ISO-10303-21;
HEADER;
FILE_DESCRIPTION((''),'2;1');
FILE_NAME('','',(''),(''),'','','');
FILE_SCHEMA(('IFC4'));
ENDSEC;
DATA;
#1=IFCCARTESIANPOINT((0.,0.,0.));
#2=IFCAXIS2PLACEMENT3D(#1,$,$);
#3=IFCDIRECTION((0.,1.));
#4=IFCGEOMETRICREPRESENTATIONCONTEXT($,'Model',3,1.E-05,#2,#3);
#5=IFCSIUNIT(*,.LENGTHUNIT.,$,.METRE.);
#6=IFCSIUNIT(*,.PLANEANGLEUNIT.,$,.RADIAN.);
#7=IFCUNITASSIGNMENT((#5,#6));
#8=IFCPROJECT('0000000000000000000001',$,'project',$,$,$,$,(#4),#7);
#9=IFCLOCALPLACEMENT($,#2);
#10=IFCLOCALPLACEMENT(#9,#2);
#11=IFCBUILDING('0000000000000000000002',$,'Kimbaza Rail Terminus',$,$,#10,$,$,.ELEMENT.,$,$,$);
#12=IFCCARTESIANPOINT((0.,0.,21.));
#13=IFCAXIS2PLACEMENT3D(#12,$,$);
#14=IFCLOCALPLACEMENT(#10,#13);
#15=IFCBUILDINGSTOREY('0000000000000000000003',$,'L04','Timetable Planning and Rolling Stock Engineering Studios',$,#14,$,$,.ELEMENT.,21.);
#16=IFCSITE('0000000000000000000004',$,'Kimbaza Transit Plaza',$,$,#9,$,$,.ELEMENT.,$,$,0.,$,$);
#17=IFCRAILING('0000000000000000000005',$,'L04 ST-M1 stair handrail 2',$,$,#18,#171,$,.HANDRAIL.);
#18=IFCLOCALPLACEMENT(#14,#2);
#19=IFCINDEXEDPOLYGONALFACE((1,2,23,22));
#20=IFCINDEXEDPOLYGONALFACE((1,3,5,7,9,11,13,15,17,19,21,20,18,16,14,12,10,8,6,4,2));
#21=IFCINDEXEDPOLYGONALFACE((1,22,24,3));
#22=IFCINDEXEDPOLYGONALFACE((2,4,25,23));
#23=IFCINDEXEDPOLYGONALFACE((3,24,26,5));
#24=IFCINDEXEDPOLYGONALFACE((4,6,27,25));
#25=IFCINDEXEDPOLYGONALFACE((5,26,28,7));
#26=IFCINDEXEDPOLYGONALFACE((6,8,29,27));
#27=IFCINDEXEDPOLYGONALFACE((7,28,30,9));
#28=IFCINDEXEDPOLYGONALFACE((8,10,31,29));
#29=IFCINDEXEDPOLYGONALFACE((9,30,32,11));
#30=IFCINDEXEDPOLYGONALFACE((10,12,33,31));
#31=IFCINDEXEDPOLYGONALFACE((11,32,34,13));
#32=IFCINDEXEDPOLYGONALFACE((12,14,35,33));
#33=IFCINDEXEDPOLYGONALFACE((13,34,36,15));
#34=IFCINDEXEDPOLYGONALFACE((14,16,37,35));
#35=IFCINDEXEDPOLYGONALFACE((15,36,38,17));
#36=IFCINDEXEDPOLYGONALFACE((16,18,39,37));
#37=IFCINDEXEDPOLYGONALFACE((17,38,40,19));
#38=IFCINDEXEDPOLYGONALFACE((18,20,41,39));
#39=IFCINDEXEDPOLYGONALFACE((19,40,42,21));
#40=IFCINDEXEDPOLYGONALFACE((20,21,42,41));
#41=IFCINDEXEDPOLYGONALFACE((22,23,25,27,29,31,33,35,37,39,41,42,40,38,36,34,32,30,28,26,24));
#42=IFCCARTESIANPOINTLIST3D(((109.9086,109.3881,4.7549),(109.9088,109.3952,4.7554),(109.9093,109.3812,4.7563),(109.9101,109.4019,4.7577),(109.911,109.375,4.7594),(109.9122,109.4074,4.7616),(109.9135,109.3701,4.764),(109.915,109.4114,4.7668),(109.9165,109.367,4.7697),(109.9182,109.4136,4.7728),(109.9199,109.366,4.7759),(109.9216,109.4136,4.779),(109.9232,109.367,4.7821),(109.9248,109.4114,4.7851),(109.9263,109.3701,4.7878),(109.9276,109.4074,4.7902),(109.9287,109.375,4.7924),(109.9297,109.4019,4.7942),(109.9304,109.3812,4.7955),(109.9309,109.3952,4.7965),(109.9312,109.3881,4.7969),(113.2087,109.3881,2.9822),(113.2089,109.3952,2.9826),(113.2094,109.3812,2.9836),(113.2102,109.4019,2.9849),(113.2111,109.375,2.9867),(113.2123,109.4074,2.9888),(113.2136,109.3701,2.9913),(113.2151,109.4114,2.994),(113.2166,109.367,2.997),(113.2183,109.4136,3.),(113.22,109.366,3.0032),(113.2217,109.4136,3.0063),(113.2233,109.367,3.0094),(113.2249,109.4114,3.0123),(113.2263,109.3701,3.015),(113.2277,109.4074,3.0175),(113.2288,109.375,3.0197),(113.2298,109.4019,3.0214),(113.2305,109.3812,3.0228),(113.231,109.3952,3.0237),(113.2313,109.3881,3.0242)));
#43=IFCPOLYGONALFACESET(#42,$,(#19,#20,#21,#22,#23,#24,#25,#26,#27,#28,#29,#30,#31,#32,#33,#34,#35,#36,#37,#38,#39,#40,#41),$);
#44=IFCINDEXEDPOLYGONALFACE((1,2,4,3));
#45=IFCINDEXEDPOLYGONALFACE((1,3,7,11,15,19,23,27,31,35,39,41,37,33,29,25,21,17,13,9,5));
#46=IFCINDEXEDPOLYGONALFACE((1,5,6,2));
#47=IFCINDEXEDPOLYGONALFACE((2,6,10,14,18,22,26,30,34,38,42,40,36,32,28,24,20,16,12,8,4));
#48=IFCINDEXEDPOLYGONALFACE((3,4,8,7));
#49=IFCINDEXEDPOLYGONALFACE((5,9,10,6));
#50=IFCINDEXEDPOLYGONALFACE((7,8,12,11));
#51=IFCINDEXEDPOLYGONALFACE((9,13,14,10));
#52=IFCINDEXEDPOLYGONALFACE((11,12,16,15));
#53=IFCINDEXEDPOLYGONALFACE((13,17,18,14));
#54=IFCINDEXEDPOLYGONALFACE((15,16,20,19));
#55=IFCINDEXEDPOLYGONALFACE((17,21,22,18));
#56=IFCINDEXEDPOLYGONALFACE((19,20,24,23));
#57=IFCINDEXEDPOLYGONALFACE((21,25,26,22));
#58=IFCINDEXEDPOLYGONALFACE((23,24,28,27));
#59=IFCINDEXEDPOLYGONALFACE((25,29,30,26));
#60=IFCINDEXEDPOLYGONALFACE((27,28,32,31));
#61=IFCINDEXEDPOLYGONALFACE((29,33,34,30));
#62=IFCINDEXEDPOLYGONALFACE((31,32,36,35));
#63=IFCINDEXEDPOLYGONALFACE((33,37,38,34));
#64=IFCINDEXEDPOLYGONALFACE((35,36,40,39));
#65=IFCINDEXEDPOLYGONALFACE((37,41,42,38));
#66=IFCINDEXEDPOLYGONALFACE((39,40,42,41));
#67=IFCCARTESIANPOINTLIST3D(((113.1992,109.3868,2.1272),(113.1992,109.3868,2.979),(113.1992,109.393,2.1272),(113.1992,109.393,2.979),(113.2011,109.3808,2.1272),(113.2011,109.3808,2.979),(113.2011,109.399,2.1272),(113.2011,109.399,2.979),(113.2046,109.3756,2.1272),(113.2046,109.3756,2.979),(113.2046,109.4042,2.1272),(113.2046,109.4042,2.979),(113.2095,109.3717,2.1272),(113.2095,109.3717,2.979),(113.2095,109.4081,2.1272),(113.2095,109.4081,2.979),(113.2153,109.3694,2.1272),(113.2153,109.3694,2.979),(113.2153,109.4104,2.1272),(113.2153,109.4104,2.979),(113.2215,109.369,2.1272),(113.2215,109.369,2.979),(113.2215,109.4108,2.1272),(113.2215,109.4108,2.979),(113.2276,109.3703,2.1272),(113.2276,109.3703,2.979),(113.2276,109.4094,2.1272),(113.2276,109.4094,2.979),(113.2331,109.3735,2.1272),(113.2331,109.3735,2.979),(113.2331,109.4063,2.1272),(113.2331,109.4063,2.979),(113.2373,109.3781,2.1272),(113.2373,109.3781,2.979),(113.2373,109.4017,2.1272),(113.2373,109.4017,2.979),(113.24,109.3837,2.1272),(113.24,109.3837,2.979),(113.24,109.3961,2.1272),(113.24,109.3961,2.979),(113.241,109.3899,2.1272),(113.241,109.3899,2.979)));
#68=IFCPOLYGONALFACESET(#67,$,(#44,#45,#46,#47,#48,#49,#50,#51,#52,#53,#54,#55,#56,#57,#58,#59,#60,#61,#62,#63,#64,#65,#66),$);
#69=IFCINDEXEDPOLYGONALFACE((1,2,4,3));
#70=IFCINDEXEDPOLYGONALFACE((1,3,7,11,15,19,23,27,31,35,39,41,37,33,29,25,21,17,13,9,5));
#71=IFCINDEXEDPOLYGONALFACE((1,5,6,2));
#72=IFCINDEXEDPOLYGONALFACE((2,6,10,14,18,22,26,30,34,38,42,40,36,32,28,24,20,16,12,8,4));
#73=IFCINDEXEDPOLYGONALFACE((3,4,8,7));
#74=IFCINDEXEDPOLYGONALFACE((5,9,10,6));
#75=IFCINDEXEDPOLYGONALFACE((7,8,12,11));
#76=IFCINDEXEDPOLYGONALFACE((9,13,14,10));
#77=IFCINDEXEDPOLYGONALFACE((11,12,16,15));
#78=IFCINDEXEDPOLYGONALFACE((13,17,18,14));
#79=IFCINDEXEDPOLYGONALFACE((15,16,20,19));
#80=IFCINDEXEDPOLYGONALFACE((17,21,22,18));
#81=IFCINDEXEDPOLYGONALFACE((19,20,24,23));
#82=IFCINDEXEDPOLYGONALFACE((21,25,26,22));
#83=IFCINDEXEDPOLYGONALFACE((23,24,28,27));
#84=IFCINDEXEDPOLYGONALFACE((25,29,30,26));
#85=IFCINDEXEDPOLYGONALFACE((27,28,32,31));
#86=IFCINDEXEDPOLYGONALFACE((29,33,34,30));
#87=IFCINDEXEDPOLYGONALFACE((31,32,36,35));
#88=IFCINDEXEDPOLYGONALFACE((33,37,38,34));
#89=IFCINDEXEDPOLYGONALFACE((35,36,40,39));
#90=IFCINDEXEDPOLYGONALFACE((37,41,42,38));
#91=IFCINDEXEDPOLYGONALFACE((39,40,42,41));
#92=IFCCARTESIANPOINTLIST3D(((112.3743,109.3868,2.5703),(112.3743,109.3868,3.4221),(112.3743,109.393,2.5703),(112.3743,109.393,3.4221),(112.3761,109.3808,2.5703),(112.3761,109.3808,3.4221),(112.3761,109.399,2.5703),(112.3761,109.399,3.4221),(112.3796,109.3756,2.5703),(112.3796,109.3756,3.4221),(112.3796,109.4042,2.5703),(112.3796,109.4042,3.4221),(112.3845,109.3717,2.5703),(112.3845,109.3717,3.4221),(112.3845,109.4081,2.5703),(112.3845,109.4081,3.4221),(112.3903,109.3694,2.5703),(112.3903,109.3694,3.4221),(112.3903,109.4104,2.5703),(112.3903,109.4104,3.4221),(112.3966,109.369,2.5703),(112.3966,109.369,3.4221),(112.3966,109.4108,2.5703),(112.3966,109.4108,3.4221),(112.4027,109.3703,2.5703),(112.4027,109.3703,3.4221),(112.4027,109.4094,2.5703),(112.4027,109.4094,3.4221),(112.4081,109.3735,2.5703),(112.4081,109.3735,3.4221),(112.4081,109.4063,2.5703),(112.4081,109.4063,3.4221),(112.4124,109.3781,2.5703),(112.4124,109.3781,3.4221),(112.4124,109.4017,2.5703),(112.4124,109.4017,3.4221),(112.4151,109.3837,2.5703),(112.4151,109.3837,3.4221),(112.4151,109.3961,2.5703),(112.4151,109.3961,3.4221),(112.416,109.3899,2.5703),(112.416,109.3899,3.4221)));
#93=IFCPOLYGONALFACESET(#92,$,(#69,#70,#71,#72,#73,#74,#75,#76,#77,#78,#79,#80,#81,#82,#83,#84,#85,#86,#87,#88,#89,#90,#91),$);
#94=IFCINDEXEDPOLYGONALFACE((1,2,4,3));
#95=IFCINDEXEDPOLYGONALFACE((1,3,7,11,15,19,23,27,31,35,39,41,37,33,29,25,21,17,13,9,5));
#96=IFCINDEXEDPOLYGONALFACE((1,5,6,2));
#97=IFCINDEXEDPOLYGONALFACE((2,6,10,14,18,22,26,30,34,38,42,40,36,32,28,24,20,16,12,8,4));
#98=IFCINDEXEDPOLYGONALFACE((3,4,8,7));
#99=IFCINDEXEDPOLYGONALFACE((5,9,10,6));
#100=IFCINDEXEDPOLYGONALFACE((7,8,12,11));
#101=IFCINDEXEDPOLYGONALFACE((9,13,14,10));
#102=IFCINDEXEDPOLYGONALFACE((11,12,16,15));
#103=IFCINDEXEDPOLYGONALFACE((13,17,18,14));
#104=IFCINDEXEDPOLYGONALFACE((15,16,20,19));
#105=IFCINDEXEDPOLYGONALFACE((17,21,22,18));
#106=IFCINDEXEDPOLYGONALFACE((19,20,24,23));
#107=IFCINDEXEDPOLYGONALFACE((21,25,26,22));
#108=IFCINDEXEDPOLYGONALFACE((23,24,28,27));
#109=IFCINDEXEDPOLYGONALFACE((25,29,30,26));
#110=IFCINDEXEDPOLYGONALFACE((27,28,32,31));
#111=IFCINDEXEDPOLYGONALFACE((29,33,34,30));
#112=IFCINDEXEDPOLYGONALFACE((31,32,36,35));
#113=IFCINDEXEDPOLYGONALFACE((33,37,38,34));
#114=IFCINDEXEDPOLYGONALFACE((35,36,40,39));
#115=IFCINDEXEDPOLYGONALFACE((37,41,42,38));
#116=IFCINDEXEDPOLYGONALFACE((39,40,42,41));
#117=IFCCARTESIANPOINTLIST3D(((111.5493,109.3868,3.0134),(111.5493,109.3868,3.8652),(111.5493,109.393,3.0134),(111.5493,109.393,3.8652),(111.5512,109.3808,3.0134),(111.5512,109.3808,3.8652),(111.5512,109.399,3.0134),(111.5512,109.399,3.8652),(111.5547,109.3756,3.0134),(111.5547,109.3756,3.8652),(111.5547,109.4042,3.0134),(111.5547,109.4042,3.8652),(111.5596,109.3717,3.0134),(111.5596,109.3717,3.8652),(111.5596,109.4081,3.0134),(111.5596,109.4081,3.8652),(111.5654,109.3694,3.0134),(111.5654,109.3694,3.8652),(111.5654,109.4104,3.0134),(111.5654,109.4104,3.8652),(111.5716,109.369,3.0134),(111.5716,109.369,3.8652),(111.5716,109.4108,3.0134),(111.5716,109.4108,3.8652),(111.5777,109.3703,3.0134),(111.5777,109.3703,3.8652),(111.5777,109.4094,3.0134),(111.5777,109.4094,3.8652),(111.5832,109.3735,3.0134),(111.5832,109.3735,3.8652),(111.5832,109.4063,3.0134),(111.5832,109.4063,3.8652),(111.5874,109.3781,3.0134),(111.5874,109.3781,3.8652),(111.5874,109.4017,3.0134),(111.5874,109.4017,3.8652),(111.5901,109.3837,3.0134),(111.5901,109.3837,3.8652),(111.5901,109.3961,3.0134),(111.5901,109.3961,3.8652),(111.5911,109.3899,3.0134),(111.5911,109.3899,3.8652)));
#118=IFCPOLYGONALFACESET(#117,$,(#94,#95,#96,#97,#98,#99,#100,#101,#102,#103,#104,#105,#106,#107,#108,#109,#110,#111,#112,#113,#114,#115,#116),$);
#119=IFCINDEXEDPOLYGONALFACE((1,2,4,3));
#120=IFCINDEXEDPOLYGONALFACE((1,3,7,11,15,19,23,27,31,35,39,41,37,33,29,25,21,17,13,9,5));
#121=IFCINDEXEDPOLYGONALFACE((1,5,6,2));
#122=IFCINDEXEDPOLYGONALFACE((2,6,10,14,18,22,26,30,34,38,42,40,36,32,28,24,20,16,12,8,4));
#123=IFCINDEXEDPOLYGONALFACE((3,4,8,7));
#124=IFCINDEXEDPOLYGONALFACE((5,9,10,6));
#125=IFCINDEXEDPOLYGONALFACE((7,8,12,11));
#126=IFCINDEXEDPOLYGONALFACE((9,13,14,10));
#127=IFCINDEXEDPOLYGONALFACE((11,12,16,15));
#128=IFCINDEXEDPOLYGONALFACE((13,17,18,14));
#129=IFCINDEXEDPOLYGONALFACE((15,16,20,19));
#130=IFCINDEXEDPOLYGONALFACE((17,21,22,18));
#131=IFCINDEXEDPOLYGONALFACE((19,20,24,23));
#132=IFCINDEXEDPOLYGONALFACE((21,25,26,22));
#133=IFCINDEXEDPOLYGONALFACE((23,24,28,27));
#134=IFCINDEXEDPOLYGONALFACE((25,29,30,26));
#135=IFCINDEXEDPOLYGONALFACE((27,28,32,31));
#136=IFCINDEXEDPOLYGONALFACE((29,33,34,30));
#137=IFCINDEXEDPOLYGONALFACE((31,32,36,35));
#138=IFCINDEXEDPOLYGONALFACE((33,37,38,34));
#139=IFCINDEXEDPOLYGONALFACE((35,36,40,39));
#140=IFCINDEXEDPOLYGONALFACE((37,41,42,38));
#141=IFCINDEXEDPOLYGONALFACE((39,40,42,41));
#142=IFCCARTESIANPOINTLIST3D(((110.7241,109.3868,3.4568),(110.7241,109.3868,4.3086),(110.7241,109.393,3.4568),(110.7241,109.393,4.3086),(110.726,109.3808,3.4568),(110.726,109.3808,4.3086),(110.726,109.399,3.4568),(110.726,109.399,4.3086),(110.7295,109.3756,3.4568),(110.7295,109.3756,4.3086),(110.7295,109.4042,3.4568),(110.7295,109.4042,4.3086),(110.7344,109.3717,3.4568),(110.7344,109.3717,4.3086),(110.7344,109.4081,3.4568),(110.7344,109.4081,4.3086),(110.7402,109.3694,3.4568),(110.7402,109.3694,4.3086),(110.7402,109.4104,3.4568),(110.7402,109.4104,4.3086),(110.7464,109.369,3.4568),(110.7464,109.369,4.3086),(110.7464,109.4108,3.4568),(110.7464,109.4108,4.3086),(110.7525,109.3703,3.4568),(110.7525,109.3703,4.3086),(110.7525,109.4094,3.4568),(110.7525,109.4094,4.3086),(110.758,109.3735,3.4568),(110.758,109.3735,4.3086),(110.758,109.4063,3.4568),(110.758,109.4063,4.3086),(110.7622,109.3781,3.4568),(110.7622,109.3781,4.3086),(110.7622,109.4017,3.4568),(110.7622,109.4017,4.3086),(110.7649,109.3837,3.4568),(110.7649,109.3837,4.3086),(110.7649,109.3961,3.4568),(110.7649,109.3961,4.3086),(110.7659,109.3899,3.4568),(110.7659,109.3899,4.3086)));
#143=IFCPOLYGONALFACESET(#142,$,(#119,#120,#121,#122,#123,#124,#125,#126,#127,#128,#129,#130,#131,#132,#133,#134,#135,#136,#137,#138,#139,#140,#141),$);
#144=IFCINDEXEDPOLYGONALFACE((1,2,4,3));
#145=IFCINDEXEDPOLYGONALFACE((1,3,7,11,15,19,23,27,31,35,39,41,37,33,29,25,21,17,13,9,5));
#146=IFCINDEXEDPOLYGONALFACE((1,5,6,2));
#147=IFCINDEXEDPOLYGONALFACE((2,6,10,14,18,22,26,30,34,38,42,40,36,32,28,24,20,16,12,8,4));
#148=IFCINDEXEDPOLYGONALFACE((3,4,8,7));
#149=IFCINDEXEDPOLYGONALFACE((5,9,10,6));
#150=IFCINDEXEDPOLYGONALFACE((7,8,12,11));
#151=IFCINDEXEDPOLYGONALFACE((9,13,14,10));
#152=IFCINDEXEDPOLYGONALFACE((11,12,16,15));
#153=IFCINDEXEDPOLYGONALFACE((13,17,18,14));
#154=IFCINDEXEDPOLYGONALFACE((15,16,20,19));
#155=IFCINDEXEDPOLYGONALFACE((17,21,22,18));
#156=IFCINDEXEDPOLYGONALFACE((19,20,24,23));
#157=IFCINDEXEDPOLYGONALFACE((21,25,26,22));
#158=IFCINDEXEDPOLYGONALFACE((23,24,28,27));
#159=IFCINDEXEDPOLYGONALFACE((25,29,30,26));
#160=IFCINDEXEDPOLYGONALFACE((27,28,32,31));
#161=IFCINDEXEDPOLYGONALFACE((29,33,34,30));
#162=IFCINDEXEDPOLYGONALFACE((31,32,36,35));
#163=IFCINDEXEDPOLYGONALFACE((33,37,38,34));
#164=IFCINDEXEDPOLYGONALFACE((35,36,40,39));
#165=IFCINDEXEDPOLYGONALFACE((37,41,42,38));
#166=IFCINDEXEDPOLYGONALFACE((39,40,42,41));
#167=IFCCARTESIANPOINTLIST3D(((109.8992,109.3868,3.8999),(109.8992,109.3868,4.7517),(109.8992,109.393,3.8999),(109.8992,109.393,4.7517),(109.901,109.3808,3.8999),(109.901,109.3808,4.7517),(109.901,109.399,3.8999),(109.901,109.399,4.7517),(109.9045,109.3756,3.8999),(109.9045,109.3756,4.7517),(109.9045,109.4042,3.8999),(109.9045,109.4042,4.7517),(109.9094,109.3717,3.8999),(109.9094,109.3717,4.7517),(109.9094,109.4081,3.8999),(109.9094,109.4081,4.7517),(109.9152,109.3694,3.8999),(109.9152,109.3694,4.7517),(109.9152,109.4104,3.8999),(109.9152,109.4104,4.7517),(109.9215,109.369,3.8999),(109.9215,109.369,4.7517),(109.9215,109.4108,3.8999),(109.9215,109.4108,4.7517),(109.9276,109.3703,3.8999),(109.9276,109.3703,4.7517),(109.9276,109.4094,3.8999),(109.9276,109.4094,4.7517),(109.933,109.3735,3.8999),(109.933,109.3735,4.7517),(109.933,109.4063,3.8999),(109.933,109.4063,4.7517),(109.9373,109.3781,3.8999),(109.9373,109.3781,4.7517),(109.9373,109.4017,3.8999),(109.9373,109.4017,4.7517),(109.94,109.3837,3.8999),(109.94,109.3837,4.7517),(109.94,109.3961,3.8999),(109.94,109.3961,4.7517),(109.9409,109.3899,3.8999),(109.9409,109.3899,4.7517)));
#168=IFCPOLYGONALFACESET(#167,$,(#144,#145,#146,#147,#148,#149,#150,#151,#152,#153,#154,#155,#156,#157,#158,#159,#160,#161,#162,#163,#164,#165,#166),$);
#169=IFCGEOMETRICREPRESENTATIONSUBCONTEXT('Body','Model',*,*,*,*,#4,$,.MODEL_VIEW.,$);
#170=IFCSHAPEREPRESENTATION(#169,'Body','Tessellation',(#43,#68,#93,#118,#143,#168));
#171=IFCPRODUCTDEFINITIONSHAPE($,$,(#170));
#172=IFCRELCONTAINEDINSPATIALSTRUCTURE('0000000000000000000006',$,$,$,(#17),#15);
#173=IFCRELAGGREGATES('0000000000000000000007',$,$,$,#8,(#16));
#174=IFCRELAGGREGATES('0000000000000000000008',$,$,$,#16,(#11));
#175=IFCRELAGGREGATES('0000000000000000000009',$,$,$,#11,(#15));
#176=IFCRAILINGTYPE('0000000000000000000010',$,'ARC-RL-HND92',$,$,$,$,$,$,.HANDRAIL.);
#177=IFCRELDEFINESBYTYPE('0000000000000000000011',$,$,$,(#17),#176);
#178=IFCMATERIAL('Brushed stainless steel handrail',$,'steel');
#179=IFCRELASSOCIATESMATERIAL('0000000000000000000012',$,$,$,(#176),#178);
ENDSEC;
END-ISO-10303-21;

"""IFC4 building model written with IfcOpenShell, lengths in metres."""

from ifc_helpers import new_model, si_unit, direction, frame, origin, origin_2d, place, context, subcontext, project, spatial, circle, extrude, material, type_object, element, save


model = new_model("IFC4")

# Units and contexts
model_context = context("Model", 3, precision=1e-05, world=origin(), true_north=direction((0.0, 1.0)))
body_context = subcontext(model_context, "Body", "Model", "MODEL_VIEW")
ifc_project = project(units=[si_unit("LENGTHUNIT", "METRE"), si_unit("PLANEANGLEUNIT", "RADIAN")], contexts=[model_context])

# Site, building, storey
site_placement = place(None, origin())
site = spatial("IfcSite", under=ifc_project, at=site_placement, Name="Kimbaza Transit Plaza", CompositionType="ELEMENT", RefElevation=0.0)
building_placement = place(site_placement, origin())
building = spatial("IfcBuilding", under=site, at=building_placement, Name="Kimbaza Rail Terminus", CompositionType="ELEMENT")
storey_placement = place(building_placement, frame((0.0, 0.0, 21.0)))
storey = spatial("IfcBuildingStorey", under=building, at=storey_placement, Name="L04", Description="Timetable Planning and Rolling Stock Engineering Studios", CompositionType="ELEMENT", Elevation=21.0)

# Railing
ifc_material_1 = material(Name="Brushed stainless steel handrail", Category="steel")
railing_type = type_object("IfcRailingType", Name="ARC-RL-HND92", PredefinedType="HANDRAIL", material=ifc_material_1)
railing_placement = place(storey_placement, frame((113.22, 109.3899, 2.1272)))
element("IfcRailing", 1, at=railing_placement, inside=storey, type_object=railing_type, Name="L04 ST-M1 stair handrail 2", PredefinedType="HANDRAIL", context=body_context, shape_type="SweptSolid", body=[
    extrude(circle(Radius=0.0239, at=origin_2d()), frame((0.0, 0.0, 0.876), z_axis=(-0.880944, 0.0, 0.473221), x_axis=(0.0, -1.0, 0.0)), (0.0, 0.0, 1.0), 3.7461),
    extrude(circle(Radius=0.021, at=origin_2d()), origin(), (0.0, 0.0, 1.0), 0.8518),
    extrude(circle(Radius=0.021, at=origin_2d()), frame((-0.825, 0.0, 0.4431)), (0.0, 0.0, 1.0), 0.8518),
    extrude(circle(Radius=0.021, at=origin_2d()), frame((-1.6499, 0.0, 0.8862)), (0.0, 0.0, 1.0), 0.8518),
    extrude(circle(Radius=0.021, at=origin_2d()), frame((-2.4751, 0.0, 1.3296)), (0.0, 0.0, 1.0), 0.8518),
    extrude(circle(Radius=0.021, at=origin_2d()), frame((-3.3, 0.0, 1.7727)), (0.0, 0.0, 1.0), 0.8518),
])

save(model, "model.ifc")
